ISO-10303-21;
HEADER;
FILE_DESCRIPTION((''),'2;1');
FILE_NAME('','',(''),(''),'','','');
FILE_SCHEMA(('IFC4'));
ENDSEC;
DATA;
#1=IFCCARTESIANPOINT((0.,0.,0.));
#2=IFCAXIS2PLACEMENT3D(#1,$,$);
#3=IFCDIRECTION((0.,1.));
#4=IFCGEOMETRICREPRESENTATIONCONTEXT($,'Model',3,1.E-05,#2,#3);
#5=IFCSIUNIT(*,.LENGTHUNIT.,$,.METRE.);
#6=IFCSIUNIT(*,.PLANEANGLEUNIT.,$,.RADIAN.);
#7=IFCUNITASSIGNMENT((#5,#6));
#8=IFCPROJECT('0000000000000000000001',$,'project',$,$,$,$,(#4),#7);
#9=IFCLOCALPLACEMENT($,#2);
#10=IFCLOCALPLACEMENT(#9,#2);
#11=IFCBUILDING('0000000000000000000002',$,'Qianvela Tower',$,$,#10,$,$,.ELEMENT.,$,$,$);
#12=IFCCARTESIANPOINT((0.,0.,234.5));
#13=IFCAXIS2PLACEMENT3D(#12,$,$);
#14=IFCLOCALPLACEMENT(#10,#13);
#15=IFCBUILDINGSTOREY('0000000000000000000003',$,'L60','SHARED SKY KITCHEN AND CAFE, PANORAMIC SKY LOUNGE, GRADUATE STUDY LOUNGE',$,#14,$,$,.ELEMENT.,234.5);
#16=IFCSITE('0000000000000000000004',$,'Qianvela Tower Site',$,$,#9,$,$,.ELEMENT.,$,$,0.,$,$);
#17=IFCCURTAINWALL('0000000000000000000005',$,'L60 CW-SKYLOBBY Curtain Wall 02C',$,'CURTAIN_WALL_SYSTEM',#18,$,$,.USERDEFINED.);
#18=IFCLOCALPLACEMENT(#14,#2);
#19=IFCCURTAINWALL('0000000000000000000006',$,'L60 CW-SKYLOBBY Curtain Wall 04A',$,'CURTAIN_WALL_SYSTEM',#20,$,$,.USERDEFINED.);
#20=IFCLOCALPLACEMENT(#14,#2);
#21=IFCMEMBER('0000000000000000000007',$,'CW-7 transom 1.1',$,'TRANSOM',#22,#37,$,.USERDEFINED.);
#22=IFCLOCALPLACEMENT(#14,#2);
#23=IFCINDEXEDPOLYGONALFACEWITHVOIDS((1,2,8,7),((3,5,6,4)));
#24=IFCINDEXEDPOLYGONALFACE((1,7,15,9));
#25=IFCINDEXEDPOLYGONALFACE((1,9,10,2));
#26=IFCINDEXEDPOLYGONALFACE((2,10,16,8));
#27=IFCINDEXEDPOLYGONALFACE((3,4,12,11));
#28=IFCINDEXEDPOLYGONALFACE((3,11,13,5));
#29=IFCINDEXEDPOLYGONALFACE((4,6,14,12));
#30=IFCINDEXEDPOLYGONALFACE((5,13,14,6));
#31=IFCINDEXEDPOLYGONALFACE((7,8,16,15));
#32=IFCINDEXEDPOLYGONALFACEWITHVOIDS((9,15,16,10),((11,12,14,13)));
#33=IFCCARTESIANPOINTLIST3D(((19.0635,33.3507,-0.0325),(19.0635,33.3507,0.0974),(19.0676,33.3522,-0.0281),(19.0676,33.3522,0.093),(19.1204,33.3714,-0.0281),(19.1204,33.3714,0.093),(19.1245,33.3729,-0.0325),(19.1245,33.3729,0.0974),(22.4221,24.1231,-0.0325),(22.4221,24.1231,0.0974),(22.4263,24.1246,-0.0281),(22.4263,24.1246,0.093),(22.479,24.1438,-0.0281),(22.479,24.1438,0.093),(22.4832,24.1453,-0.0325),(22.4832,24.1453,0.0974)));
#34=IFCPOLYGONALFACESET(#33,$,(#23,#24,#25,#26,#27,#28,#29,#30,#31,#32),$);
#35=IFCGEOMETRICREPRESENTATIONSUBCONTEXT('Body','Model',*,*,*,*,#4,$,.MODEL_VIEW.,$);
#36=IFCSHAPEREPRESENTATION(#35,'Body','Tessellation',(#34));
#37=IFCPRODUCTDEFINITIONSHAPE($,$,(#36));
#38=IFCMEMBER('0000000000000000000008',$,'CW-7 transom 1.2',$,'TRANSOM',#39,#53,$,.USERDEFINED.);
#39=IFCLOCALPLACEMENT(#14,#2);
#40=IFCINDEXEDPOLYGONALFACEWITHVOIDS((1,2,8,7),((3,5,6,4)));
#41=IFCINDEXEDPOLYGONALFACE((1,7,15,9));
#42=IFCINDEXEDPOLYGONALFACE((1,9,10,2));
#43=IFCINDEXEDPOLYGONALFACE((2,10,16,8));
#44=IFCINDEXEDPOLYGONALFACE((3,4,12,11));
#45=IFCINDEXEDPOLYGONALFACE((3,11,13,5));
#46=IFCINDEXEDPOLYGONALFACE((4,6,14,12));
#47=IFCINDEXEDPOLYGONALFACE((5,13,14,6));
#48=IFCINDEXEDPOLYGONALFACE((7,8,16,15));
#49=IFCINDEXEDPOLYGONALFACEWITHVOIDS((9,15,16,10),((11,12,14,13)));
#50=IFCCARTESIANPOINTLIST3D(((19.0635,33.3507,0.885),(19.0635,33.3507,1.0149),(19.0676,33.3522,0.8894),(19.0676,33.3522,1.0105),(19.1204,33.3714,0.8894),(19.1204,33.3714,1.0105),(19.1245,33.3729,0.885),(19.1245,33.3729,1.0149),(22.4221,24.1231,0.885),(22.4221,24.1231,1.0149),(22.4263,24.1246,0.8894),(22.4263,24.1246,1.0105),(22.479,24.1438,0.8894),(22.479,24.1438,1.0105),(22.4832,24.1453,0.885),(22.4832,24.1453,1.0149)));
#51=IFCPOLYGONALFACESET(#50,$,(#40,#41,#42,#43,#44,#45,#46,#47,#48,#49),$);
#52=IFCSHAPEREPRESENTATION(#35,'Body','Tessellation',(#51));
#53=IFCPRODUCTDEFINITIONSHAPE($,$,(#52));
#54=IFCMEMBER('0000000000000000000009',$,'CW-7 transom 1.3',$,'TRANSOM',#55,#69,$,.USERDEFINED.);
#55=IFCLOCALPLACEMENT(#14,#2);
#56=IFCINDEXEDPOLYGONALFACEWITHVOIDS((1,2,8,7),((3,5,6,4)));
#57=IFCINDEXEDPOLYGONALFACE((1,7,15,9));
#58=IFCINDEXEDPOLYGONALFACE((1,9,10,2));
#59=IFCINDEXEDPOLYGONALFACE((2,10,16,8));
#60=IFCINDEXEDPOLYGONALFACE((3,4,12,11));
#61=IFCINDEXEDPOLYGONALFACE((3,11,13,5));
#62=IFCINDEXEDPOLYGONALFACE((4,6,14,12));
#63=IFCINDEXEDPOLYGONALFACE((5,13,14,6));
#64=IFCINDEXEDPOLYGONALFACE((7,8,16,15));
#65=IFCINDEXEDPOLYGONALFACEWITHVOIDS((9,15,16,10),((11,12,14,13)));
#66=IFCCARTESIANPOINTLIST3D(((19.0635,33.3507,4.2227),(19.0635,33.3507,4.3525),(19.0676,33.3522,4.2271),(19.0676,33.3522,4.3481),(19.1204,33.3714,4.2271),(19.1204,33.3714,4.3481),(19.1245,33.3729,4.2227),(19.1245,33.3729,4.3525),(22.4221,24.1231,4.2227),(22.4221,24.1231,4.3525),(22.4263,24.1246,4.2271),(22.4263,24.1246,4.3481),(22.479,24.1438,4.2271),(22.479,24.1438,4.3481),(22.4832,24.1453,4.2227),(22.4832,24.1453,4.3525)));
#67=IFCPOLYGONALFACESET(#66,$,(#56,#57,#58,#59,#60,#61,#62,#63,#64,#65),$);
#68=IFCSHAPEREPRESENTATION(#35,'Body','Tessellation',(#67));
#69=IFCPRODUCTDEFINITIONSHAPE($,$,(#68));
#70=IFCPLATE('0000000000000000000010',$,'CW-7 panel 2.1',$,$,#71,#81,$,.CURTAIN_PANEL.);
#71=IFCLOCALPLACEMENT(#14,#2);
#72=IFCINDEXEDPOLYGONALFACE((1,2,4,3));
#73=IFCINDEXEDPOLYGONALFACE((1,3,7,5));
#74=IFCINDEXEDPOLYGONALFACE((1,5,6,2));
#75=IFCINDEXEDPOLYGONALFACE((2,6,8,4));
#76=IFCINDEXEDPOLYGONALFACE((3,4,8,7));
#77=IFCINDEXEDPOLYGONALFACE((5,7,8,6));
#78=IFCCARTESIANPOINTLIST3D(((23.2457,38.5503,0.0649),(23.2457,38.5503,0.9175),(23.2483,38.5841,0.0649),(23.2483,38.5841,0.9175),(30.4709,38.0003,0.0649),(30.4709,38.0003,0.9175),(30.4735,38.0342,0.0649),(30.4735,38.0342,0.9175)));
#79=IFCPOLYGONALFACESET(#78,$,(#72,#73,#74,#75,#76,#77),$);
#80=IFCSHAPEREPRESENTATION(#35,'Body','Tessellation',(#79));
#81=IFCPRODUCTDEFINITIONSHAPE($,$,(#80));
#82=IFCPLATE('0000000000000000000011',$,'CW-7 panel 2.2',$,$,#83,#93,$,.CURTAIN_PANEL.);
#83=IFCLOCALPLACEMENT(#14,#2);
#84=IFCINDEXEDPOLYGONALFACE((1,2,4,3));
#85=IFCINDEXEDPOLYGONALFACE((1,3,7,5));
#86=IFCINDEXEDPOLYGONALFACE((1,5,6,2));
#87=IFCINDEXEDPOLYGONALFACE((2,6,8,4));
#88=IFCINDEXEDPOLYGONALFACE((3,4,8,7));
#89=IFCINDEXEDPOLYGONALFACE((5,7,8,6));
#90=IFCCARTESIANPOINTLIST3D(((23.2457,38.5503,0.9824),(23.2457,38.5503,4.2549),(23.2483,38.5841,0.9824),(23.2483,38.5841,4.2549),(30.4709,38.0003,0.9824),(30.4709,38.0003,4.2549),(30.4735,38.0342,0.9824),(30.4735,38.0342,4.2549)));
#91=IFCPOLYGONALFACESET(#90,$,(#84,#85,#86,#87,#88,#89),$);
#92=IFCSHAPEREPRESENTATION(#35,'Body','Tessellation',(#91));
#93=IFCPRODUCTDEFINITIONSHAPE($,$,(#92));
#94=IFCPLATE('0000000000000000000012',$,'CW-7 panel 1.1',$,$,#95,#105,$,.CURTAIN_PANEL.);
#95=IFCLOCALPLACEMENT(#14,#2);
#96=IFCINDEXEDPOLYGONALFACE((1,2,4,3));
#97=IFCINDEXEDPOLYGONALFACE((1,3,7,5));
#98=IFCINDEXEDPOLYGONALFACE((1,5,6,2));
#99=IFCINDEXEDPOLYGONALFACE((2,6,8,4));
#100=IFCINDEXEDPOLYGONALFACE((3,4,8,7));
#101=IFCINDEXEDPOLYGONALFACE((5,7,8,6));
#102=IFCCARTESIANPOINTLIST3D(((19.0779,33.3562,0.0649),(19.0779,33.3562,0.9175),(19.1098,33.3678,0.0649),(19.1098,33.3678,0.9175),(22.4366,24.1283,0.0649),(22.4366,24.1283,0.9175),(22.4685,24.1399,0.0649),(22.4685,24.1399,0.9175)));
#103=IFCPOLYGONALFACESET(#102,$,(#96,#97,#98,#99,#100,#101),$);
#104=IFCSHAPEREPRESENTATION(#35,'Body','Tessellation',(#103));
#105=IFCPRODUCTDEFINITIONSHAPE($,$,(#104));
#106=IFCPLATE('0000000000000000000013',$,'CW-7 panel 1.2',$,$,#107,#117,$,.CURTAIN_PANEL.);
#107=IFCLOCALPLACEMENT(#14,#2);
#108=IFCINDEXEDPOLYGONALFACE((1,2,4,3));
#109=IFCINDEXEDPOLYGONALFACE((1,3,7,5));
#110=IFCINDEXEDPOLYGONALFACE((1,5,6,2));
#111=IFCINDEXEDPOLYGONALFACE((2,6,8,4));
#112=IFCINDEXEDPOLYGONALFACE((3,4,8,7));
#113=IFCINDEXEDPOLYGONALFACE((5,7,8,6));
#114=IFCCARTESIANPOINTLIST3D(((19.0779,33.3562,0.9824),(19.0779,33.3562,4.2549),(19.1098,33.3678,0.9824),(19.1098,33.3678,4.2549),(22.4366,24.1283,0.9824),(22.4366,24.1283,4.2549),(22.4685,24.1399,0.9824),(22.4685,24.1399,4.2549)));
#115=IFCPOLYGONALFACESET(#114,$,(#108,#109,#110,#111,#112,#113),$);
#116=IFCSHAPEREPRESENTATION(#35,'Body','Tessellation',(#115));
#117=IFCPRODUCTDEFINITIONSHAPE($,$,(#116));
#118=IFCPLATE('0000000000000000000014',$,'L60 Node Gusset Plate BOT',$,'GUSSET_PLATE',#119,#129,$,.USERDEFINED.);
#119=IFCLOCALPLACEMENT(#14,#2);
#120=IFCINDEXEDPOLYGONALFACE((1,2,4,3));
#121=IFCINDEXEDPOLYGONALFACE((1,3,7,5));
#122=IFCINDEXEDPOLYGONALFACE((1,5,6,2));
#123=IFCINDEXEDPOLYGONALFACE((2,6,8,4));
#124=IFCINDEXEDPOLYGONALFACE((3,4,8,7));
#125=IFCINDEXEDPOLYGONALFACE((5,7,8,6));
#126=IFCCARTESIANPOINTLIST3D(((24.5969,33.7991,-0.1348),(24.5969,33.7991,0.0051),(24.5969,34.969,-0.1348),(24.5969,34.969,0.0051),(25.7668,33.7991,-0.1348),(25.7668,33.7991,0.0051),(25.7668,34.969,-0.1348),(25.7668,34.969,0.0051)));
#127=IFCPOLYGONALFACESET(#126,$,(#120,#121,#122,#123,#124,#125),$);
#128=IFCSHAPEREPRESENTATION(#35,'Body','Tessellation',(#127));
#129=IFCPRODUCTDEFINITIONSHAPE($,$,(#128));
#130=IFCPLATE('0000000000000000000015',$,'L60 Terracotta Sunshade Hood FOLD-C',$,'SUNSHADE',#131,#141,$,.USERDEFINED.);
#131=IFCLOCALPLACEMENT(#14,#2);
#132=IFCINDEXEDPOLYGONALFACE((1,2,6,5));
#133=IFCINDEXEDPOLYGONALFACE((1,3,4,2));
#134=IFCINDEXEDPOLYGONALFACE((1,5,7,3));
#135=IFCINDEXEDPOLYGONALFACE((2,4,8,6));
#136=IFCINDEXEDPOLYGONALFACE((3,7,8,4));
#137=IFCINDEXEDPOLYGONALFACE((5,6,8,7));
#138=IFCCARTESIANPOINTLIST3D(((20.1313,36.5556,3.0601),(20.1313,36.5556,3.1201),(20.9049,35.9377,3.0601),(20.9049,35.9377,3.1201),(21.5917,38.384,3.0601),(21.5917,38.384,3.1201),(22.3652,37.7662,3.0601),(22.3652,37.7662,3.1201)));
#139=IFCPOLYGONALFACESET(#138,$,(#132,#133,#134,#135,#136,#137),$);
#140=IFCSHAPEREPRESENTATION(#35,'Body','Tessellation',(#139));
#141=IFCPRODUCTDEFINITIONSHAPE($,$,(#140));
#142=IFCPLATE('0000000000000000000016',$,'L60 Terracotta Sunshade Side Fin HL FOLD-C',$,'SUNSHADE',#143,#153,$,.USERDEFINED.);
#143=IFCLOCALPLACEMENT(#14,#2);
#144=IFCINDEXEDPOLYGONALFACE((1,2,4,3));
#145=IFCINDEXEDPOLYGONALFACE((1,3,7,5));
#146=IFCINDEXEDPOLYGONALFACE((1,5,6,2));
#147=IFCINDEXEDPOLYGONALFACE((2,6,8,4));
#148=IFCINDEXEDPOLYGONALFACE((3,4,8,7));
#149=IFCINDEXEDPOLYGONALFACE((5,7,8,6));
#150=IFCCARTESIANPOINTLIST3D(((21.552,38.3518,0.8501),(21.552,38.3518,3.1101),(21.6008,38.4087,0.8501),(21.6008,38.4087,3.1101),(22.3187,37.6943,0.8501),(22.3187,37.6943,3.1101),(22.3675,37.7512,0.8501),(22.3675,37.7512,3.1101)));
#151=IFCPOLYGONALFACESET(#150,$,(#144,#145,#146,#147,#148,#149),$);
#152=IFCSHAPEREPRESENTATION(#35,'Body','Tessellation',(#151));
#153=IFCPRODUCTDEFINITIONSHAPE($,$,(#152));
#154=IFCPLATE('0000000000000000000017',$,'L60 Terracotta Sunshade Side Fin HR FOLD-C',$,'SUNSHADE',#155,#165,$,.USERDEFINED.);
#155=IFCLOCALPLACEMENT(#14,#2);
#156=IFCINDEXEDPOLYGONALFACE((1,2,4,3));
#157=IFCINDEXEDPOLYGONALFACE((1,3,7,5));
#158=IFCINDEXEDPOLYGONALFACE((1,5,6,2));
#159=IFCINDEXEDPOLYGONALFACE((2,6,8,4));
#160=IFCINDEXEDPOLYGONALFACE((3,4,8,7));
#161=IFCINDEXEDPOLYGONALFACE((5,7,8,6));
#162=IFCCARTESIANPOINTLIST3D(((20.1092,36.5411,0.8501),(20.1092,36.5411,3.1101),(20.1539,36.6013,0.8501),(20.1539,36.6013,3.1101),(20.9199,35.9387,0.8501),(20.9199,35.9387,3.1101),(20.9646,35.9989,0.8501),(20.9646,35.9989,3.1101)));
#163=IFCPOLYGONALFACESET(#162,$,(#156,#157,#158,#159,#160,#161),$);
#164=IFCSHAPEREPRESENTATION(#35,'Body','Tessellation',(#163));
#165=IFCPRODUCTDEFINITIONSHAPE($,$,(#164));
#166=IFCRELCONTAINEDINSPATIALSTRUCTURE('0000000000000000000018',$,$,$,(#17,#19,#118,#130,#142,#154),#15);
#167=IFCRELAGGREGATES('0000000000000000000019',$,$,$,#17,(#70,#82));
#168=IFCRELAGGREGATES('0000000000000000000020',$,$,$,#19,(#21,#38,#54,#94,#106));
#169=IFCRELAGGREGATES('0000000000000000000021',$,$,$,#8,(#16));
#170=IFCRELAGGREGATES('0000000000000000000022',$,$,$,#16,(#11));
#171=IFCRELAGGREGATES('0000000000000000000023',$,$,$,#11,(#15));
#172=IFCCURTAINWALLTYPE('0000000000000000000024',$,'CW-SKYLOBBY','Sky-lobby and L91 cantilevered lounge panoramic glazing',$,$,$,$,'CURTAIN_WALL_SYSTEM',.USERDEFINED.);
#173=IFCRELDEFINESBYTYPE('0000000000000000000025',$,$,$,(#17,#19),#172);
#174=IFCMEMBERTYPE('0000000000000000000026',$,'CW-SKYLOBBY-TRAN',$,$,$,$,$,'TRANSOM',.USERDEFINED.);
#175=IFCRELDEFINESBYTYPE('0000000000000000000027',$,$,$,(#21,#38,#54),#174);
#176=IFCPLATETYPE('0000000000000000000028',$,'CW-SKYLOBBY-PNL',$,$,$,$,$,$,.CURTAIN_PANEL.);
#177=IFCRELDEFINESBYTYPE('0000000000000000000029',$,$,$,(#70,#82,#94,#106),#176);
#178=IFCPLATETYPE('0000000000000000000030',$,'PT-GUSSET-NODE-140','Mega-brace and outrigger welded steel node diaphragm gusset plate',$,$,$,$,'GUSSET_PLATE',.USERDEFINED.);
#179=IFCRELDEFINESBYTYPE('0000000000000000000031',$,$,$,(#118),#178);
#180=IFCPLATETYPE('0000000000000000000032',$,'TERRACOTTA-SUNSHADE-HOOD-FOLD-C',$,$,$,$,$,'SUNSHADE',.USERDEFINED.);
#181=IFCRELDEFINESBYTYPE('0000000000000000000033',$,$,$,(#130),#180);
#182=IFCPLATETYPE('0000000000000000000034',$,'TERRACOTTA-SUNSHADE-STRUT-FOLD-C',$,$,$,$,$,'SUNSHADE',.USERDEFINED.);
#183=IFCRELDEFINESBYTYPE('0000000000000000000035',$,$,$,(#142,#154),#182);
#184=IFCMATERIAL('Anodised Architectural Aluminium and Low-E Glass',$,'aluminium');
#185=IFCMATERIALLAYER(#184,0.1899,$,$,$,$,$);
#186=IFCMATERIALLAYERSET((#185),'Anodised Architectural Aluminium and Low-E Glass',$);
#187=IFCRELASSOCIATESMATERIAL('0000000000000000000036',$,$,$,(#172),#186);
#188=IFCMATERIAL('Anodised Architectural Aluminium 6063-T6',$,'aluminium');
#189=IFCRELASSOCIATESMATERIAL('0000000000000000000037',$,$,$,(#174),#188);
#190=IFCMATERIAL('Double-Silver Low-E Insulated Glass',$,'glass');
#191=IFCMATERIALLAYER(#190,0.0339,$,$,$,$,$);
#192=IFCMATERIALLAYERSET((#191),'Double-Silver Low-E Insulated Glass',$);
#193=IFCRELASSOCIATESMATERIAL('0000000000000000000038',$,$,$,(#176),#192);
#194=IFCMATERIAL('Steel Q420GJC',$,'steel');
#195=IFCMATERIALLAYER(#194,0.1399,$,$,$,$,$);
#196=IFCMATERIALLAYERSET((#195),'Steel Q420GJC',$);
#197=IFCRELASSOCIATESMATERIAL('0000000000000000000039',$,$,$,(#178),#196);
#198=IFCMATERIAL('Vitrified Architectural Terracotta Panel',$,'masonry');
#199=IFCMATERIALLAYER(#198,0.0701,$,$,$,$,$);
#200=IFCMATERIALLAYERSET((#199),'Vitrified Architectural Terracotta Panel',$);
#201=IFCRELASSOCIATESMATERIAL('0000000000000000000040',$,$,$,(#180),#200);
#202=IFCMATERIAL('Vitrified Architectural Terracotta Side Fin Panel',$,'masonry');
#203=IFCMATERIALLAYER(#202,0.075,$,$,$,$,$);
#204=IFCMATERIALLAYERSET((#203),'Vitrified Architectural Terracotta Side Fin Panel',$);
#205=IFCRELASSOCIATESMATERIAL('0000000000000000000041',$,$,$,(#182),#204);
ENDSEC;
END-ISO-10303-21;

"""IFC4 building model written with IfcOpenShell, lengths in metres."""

from ifc_helpers import new_model, si_unit, direction, frame, origin, origin_2d, place, context, subcontext, project, spatial, rectangle, hollow_rectangle, extrude, material, layer, layer_set, material_profile, profile_set, type_object, element, aggregate, save


model = new_model("IFC4")

# Units and contexts
model_context = context("Model", 3, precision=1e-05, world=origin(), true_north=direction((0.0, 1.0)))
body_context = subcontext(model_context, "Body", "Model", "MODEL_VIEW")
ifc_project = project(units=[si_unit("LENGTHUNIT", "METRE"), si_unit("PLANEANGLEUNIT", "RADIAN")], contexts=[model_context])

# Site, building, storey
site_placement = place(None, origin())
site = spatial("IfcSite", under=ifc_project, at=site_placement, Name="Qianvela Tower Site", CompositionType="ELEMENT", RefElevation=0.0)
building_placement = place(site_placement, origin())
building = spatial("IfcBuilding", under=site, at=building_placement, Name="Qianvela Tower", CompositionType="ELEMENT")
storey_placement = place(building_placement, frame((0.0, 0.0, 234.5)))
storey = spatial("IfcBuildingStorey", under=building, at=storey_placement, Name="L60", Description="SHARED SKY KITCHEN AND CAFE, PANORAMIC SKY LOUNGE, GRADUATE STUDY LOUNGE", CompositionType="ELEMENT", Elevation=234.5)

# Curtain wall
ifc_material_1 = material(Name="Anodised Architectural Aluminium and Low-E Glass", Category="aluminium")
ifc_layer_1 = layer(ifc_material_1, 0.1899)
ifc_layer_set_1 = layer_set([ifc_layer_1], Name="Anodised Architectural Aluminium and Low-E Glass")
curtain_wall_type_1 = type_object("IfcCurtainWallType", Name="CW-SKYLOBBY", Description="Sky-lobby and L91 cantilevered lounge panoramic glazing", ElementType="CURTAIN_WALL_SYSTEM", PredefinedType="USERDEFINED", material=ifc_layer_set_1)
curtain_wall_1_placement = place(storey_placement, origin())
curtain_wall_1 = element("IfcCurtainWall", 1, at=curtain_wall_1_placement, inside=storey, type_object=curtain_wall_type_1, Name="L60 CW-SKYLOBBY Curtain Wall 02C", ObjectType="CURTAIN_WALL_SYSTEM", PredefinedType="USERDEFINED")

# Curtain wall, members
curtain_wall_2_placement = place(storey_placement, origin())
curtain_wall_2 = element("IfcCurtainWall", 2, at=curtain_wall_2_placement, inside=storey, type_object=curtain_wall_type_1, Name="L60 CW-SKYLOBBY Curtain Wall 04A", ObjectType="CURTAIN_WALL_SYSTEM", PredefinedType="USERDEFINED")
ifc_material_2 = material(Name="Anodised Architectural Aluminium 6063-T6", Category="aluminium")
ifc_material_profile_1 = material_profile(ifc_material_2, hollow_rectangle(XDim=0.0649, YDim=0.1299, WallThickness=0.0044, at=origin_2d()), Name="ALU-TRAN-65x130")
ifc_profile_set_1 = profile_set([ifc_material_profile_1], Name="Anodised Architectural Aluminium 6063-T6")
member_type_1 = type_object("IfcMemberType", Name="CW-SKYLOBBY-TRAN", ElementType="TRANSOM", PredefinedType="USERDEFINED", material=ifc_profile_set_1)
member_1_placement = place(storey_placement, frame((19.094, 33.3618, 0.0325), z_axis=(0.342029, -0.93969, 0.0), x_axis=(0.93969, 0.342029, 0.0)))
member_1 = element("IfcMember", 3, at=member_1_placement, type_object=member_type_1, Name="CW-7 transom 1.1", ObjectType="TRANSOM", PredefinedType="USERDEFINED", context=body_context, shape_type="SweptSolid", body=[
    extrude(hollow_rectangle(XDim=0.0649, YDim=0.1299, WallThickness=0.0044, at=origin_2d()), origin(), (0.0, 0.0, 1.0), 9.8198),
])
member_2_placement = place(storey_placement, frame((19.094, 33.3618, 0.95), z_axis=(0.342029, -0.93969, 0.0), x_axis=(0.93969, 0.342029, 0.0)))
member_2 = element("IfcMember", 4, at=member_2_placement, type_object=member_type_1, Name="CW-7 transom 1.2", ObjectType="TRANSOM", PredefinedType="USERDEFINED", context=body_context, shape_type="SweptSolid", body=[
    extrude(hollow_rectangle(XDim=0.0649, YDim=0.1299, WallThickness=0.0044, at=origin_2d()), origin(), (0.0, 0.0, 1.0), 9.8198),
])
member_3_placement = place(storey_placement, frame((19.094, 33.3618, 4.2876), z_axis=(0.342029, -0.93969, 0.0), x_axis=(0.93969, 0.342029, 0.0)))
member_3 = element("IfcMember", 5, at=member_3_placement, type_object=member_type_1, Name="CW-7 transom 1.3", ObjectType="TRANSOM", PredefinedType="USERDEFINED", context=body_context, shape_type="SweptSolid", body=[
    extrude(hollow_rectangle(XDim=0.0649, YDim=0.1299, WallThickness=0.0044, at=origin_2d()), origin(), (0.0, 0.0, 1.0), 9.8198),
])

# Plates
ifc_material_3 = material(Name="Double-Silver Low-E Insulated Glass", Category="glass")
ifc_layer_2 = layer(ifc_material_3, 0.0339)
ifc_layer_set_2 = layer_set([ifc_layer_2], Name="Double-Silver Low-E Insulated Glass")
plate_type_1 = type_object("IfcPlateType", Name="CW-SKYLOBBY-PNL", PredefinedType="CURTAIN_PANEL", material=ifc_layer_set_2)
plate_1_placement = place(storey_placement, frame((26.8596, 38.2922, 0.0649), z_axis=(0.0, 0.0, 1.0), x_axis=(-0.997115, 0.0759, 0.0)))
plate_1 = element("IfcPlate", 6, at=plate_1_placement, type_object=plate_type_1, Name="CW-7 panel 2.1", PredefinedType="CURTAIN_PANEL", context=body_context, shape_type="SweptSolid", body=[
    extrude(rectangle(XDim=7.2461, YDim=0.0339, at=origin_2d()), origin(), (0.0, 0.0, 1.0), 0.8525),
])
plate_2_placement = place(storey_placement, frame((26.8596, 38.2922, 0.9824), z_axis=(0.0, 0.0, 1.0), x_axis=(-0.997115, 0.0759, 0.0)))
plate_2 = element("IfcPlate", 7, at=plate_2_placement, type_object=plate_type_1, Name="CW-7 panel 2.2", PredefinedType="CURTAIN_PANEL", context=body_context, shape_type="SweptSolid", body=[
    extrude(rectangle(XDim=7.2461, YDim=0.0339, at=origin_2d()), origin(), (0.0, 0.0, 1.0), 3.2725),
])
aggregate(curtain_wall_1, [plate_1, plate_2])
plate_3_placement = place(storey_placement, frame((20.7732, 28.748, 0.0649), z_axis=(0.0, 0.0, 1.0), x_axis=(0.34202, -0.939693, 0.0)))
plate_3 = element("IfcPlate", 8, at=plate_3_placement, type_object=plate_type_1, Name="CW-7 panel 1.1", PredefinedType="CURTAIN_PANEL", context=body_context, shape_type="SweptSolid", body=[
    extrude(rectangle(XDim=9.8201, YDim=0.0339, at=origin_2d()), origin(), (0.0, 0.0, 1.0), 0.8525),
])
plate_4_placement = place(storey_placement, frame((20.7732, 28.748, 0.9824), z_axis=(0.0, 0.0, 1.0), x_axis=(0.34202, -0.939693, 0.0)))
plate_4 = element("IfcPlate", 9, at=plate_4_placement, type_object=plate_type_1, Name="CW-7 panel 1.2", PredefinedType="CURTAIN_PANEL", context=body_context, shape_type="SweptSolid", body=[
    extrude(rectangle(XDim=9.8201, YDim=0.0339, at=origin_2d()), origin(), (0.0, 0.0, 1.0), 3.2725),
])
aggregate(curtain_wall_2, [member_1, member_2, member_3, plate_3, plate_4])

# Plates
ifc_material_4 = material(Name="Steel Q420GJC", Category="steel")
ifc_layer_3 = layer(ifc_material_4, 0.1399)
ifc_layer_set_3 = layer_set([ifc_layer_3], Name="Steel Q420GJC")
plate_type_2 = type_object("IfcPlateType", Name="PT-GUSSET-NODE-140", Description="Mega-brace and outrigger welded steel node diaphragm gusset plate", ElementType="GUSSET_PLATE", PredefinedType="USERDEFINED", material=ifc_layer_set_3)
plate_5_placement = place(storey_placement, frame((25.1819, 34.384, -0.1348), z_axis=(0.0, 0.0, 1.0), x_axis=(1.0, 0.0, 0.0)))
element("IfcPlate", 10, at=plate_5_placement, inside=storey, type_object=plate_type_2, Name="L60 Node Gusset Plate BOT", ObjectType="GUSSET_PLATE", PredefinedType="USERDEFINED", context=body_context, shape_type="SweptSolid", body=[
    extrude(rectangle(XDim=1.1699, YDim=1.1699, at=origin_2d()), origin(), (0.0, 0.0, 1.0), 0.1399),
])
ifc_material_5 = material(Name="Vitrified Architectural Terracotta Panel", Category="masonry")
ifc_layer_4 = layer(ifc_material_5, 0.0701)
ifc_layer_set_4 = layer_set([ifc_layer_4], Name="Vitrified Architectural Terracotta Panel")
plate_type_3 = type_object("IfcPlateType", Name="TERRACOTTA-SUNSHADE-HOOD-FOLD-C", ElementType="SUNSHADE", PredefinedType="USERDEFINED", material=ifc_layer_set_4)
plate_6_placement = place(storey_placement, frame((21.2483, 37.1609, 3.0601), z_axis=(0.0, 0.0, 1.0), x_axis=(-0.624061, -0.781376, 0.0)))
element("IfcPlate", 11, at=plate_6_placement, inside=storey, type_object=plate_type_3, Name="L60 Terracotta Sunshade Hood FOLD-C", ObjectType="SUNSHADE", PredefinedType="USERDEFINED", context=body_context, shape_type="SweptSolid", body=[
    extrude(rectangle(XDim=2.3401, YDim=0.99, at=origin_2d()), origin(), (0.0, 0.0, 1.0), 0.0601),
])
ifc_material_6 = material(Name="Vitrified Architectural Terracotta Side Fin Panel", Category="masonry")
ifc_layer_5 = layer(ifc_material_6, 0.075)
ifc_layer_set_5 = layer_set([ifc_layer_5], Name="Vitrified Architectural Terracotta Side Fin Panel")
plate_type_4 = type_object("IfcPlateType", Name="TERRACOTTA-SUNSHADE-STRUT-FOLD-C", ElementType="SUNSHADE", PredefinedType="USERDEFINED", material=ifc_layer_set_5)
for number, where, z_axis, x_axis, name in (
    (12, (21.9597, 38.0515, 0.8501), (0.0, 0.0, 1.0), (-0.65095, -0.75912, 0.0), "L60 Terracotta Sunshade Side Fin HL FOLD-C"),
    (13, (20.5369, 36.27, 0.8501), (0.0, 0.0, 1.0), (-0.596411, -0.802679, 0.0), "L60 Terracotta Sunshade Side Fin HR FOLD-C"),
):
    element("IfcPlate", number, at=place(storey_placement, frame(where, z_axis=z_axis, x_axis=x_axis)), inside=storey, type_object=plate_type_4, Name=name, ObjectType="SUNSHADE", PredefinedType="USERDEFINED", context=body_context, shape_type="SweptSolid", body=[
        extrude(rectangle(XDim=0.075, YDim=1.01, at=origin_2d()), origin(), (0.0, 0.0, 1.0), 2.26),
    ])

save(model, "model.ifc")
